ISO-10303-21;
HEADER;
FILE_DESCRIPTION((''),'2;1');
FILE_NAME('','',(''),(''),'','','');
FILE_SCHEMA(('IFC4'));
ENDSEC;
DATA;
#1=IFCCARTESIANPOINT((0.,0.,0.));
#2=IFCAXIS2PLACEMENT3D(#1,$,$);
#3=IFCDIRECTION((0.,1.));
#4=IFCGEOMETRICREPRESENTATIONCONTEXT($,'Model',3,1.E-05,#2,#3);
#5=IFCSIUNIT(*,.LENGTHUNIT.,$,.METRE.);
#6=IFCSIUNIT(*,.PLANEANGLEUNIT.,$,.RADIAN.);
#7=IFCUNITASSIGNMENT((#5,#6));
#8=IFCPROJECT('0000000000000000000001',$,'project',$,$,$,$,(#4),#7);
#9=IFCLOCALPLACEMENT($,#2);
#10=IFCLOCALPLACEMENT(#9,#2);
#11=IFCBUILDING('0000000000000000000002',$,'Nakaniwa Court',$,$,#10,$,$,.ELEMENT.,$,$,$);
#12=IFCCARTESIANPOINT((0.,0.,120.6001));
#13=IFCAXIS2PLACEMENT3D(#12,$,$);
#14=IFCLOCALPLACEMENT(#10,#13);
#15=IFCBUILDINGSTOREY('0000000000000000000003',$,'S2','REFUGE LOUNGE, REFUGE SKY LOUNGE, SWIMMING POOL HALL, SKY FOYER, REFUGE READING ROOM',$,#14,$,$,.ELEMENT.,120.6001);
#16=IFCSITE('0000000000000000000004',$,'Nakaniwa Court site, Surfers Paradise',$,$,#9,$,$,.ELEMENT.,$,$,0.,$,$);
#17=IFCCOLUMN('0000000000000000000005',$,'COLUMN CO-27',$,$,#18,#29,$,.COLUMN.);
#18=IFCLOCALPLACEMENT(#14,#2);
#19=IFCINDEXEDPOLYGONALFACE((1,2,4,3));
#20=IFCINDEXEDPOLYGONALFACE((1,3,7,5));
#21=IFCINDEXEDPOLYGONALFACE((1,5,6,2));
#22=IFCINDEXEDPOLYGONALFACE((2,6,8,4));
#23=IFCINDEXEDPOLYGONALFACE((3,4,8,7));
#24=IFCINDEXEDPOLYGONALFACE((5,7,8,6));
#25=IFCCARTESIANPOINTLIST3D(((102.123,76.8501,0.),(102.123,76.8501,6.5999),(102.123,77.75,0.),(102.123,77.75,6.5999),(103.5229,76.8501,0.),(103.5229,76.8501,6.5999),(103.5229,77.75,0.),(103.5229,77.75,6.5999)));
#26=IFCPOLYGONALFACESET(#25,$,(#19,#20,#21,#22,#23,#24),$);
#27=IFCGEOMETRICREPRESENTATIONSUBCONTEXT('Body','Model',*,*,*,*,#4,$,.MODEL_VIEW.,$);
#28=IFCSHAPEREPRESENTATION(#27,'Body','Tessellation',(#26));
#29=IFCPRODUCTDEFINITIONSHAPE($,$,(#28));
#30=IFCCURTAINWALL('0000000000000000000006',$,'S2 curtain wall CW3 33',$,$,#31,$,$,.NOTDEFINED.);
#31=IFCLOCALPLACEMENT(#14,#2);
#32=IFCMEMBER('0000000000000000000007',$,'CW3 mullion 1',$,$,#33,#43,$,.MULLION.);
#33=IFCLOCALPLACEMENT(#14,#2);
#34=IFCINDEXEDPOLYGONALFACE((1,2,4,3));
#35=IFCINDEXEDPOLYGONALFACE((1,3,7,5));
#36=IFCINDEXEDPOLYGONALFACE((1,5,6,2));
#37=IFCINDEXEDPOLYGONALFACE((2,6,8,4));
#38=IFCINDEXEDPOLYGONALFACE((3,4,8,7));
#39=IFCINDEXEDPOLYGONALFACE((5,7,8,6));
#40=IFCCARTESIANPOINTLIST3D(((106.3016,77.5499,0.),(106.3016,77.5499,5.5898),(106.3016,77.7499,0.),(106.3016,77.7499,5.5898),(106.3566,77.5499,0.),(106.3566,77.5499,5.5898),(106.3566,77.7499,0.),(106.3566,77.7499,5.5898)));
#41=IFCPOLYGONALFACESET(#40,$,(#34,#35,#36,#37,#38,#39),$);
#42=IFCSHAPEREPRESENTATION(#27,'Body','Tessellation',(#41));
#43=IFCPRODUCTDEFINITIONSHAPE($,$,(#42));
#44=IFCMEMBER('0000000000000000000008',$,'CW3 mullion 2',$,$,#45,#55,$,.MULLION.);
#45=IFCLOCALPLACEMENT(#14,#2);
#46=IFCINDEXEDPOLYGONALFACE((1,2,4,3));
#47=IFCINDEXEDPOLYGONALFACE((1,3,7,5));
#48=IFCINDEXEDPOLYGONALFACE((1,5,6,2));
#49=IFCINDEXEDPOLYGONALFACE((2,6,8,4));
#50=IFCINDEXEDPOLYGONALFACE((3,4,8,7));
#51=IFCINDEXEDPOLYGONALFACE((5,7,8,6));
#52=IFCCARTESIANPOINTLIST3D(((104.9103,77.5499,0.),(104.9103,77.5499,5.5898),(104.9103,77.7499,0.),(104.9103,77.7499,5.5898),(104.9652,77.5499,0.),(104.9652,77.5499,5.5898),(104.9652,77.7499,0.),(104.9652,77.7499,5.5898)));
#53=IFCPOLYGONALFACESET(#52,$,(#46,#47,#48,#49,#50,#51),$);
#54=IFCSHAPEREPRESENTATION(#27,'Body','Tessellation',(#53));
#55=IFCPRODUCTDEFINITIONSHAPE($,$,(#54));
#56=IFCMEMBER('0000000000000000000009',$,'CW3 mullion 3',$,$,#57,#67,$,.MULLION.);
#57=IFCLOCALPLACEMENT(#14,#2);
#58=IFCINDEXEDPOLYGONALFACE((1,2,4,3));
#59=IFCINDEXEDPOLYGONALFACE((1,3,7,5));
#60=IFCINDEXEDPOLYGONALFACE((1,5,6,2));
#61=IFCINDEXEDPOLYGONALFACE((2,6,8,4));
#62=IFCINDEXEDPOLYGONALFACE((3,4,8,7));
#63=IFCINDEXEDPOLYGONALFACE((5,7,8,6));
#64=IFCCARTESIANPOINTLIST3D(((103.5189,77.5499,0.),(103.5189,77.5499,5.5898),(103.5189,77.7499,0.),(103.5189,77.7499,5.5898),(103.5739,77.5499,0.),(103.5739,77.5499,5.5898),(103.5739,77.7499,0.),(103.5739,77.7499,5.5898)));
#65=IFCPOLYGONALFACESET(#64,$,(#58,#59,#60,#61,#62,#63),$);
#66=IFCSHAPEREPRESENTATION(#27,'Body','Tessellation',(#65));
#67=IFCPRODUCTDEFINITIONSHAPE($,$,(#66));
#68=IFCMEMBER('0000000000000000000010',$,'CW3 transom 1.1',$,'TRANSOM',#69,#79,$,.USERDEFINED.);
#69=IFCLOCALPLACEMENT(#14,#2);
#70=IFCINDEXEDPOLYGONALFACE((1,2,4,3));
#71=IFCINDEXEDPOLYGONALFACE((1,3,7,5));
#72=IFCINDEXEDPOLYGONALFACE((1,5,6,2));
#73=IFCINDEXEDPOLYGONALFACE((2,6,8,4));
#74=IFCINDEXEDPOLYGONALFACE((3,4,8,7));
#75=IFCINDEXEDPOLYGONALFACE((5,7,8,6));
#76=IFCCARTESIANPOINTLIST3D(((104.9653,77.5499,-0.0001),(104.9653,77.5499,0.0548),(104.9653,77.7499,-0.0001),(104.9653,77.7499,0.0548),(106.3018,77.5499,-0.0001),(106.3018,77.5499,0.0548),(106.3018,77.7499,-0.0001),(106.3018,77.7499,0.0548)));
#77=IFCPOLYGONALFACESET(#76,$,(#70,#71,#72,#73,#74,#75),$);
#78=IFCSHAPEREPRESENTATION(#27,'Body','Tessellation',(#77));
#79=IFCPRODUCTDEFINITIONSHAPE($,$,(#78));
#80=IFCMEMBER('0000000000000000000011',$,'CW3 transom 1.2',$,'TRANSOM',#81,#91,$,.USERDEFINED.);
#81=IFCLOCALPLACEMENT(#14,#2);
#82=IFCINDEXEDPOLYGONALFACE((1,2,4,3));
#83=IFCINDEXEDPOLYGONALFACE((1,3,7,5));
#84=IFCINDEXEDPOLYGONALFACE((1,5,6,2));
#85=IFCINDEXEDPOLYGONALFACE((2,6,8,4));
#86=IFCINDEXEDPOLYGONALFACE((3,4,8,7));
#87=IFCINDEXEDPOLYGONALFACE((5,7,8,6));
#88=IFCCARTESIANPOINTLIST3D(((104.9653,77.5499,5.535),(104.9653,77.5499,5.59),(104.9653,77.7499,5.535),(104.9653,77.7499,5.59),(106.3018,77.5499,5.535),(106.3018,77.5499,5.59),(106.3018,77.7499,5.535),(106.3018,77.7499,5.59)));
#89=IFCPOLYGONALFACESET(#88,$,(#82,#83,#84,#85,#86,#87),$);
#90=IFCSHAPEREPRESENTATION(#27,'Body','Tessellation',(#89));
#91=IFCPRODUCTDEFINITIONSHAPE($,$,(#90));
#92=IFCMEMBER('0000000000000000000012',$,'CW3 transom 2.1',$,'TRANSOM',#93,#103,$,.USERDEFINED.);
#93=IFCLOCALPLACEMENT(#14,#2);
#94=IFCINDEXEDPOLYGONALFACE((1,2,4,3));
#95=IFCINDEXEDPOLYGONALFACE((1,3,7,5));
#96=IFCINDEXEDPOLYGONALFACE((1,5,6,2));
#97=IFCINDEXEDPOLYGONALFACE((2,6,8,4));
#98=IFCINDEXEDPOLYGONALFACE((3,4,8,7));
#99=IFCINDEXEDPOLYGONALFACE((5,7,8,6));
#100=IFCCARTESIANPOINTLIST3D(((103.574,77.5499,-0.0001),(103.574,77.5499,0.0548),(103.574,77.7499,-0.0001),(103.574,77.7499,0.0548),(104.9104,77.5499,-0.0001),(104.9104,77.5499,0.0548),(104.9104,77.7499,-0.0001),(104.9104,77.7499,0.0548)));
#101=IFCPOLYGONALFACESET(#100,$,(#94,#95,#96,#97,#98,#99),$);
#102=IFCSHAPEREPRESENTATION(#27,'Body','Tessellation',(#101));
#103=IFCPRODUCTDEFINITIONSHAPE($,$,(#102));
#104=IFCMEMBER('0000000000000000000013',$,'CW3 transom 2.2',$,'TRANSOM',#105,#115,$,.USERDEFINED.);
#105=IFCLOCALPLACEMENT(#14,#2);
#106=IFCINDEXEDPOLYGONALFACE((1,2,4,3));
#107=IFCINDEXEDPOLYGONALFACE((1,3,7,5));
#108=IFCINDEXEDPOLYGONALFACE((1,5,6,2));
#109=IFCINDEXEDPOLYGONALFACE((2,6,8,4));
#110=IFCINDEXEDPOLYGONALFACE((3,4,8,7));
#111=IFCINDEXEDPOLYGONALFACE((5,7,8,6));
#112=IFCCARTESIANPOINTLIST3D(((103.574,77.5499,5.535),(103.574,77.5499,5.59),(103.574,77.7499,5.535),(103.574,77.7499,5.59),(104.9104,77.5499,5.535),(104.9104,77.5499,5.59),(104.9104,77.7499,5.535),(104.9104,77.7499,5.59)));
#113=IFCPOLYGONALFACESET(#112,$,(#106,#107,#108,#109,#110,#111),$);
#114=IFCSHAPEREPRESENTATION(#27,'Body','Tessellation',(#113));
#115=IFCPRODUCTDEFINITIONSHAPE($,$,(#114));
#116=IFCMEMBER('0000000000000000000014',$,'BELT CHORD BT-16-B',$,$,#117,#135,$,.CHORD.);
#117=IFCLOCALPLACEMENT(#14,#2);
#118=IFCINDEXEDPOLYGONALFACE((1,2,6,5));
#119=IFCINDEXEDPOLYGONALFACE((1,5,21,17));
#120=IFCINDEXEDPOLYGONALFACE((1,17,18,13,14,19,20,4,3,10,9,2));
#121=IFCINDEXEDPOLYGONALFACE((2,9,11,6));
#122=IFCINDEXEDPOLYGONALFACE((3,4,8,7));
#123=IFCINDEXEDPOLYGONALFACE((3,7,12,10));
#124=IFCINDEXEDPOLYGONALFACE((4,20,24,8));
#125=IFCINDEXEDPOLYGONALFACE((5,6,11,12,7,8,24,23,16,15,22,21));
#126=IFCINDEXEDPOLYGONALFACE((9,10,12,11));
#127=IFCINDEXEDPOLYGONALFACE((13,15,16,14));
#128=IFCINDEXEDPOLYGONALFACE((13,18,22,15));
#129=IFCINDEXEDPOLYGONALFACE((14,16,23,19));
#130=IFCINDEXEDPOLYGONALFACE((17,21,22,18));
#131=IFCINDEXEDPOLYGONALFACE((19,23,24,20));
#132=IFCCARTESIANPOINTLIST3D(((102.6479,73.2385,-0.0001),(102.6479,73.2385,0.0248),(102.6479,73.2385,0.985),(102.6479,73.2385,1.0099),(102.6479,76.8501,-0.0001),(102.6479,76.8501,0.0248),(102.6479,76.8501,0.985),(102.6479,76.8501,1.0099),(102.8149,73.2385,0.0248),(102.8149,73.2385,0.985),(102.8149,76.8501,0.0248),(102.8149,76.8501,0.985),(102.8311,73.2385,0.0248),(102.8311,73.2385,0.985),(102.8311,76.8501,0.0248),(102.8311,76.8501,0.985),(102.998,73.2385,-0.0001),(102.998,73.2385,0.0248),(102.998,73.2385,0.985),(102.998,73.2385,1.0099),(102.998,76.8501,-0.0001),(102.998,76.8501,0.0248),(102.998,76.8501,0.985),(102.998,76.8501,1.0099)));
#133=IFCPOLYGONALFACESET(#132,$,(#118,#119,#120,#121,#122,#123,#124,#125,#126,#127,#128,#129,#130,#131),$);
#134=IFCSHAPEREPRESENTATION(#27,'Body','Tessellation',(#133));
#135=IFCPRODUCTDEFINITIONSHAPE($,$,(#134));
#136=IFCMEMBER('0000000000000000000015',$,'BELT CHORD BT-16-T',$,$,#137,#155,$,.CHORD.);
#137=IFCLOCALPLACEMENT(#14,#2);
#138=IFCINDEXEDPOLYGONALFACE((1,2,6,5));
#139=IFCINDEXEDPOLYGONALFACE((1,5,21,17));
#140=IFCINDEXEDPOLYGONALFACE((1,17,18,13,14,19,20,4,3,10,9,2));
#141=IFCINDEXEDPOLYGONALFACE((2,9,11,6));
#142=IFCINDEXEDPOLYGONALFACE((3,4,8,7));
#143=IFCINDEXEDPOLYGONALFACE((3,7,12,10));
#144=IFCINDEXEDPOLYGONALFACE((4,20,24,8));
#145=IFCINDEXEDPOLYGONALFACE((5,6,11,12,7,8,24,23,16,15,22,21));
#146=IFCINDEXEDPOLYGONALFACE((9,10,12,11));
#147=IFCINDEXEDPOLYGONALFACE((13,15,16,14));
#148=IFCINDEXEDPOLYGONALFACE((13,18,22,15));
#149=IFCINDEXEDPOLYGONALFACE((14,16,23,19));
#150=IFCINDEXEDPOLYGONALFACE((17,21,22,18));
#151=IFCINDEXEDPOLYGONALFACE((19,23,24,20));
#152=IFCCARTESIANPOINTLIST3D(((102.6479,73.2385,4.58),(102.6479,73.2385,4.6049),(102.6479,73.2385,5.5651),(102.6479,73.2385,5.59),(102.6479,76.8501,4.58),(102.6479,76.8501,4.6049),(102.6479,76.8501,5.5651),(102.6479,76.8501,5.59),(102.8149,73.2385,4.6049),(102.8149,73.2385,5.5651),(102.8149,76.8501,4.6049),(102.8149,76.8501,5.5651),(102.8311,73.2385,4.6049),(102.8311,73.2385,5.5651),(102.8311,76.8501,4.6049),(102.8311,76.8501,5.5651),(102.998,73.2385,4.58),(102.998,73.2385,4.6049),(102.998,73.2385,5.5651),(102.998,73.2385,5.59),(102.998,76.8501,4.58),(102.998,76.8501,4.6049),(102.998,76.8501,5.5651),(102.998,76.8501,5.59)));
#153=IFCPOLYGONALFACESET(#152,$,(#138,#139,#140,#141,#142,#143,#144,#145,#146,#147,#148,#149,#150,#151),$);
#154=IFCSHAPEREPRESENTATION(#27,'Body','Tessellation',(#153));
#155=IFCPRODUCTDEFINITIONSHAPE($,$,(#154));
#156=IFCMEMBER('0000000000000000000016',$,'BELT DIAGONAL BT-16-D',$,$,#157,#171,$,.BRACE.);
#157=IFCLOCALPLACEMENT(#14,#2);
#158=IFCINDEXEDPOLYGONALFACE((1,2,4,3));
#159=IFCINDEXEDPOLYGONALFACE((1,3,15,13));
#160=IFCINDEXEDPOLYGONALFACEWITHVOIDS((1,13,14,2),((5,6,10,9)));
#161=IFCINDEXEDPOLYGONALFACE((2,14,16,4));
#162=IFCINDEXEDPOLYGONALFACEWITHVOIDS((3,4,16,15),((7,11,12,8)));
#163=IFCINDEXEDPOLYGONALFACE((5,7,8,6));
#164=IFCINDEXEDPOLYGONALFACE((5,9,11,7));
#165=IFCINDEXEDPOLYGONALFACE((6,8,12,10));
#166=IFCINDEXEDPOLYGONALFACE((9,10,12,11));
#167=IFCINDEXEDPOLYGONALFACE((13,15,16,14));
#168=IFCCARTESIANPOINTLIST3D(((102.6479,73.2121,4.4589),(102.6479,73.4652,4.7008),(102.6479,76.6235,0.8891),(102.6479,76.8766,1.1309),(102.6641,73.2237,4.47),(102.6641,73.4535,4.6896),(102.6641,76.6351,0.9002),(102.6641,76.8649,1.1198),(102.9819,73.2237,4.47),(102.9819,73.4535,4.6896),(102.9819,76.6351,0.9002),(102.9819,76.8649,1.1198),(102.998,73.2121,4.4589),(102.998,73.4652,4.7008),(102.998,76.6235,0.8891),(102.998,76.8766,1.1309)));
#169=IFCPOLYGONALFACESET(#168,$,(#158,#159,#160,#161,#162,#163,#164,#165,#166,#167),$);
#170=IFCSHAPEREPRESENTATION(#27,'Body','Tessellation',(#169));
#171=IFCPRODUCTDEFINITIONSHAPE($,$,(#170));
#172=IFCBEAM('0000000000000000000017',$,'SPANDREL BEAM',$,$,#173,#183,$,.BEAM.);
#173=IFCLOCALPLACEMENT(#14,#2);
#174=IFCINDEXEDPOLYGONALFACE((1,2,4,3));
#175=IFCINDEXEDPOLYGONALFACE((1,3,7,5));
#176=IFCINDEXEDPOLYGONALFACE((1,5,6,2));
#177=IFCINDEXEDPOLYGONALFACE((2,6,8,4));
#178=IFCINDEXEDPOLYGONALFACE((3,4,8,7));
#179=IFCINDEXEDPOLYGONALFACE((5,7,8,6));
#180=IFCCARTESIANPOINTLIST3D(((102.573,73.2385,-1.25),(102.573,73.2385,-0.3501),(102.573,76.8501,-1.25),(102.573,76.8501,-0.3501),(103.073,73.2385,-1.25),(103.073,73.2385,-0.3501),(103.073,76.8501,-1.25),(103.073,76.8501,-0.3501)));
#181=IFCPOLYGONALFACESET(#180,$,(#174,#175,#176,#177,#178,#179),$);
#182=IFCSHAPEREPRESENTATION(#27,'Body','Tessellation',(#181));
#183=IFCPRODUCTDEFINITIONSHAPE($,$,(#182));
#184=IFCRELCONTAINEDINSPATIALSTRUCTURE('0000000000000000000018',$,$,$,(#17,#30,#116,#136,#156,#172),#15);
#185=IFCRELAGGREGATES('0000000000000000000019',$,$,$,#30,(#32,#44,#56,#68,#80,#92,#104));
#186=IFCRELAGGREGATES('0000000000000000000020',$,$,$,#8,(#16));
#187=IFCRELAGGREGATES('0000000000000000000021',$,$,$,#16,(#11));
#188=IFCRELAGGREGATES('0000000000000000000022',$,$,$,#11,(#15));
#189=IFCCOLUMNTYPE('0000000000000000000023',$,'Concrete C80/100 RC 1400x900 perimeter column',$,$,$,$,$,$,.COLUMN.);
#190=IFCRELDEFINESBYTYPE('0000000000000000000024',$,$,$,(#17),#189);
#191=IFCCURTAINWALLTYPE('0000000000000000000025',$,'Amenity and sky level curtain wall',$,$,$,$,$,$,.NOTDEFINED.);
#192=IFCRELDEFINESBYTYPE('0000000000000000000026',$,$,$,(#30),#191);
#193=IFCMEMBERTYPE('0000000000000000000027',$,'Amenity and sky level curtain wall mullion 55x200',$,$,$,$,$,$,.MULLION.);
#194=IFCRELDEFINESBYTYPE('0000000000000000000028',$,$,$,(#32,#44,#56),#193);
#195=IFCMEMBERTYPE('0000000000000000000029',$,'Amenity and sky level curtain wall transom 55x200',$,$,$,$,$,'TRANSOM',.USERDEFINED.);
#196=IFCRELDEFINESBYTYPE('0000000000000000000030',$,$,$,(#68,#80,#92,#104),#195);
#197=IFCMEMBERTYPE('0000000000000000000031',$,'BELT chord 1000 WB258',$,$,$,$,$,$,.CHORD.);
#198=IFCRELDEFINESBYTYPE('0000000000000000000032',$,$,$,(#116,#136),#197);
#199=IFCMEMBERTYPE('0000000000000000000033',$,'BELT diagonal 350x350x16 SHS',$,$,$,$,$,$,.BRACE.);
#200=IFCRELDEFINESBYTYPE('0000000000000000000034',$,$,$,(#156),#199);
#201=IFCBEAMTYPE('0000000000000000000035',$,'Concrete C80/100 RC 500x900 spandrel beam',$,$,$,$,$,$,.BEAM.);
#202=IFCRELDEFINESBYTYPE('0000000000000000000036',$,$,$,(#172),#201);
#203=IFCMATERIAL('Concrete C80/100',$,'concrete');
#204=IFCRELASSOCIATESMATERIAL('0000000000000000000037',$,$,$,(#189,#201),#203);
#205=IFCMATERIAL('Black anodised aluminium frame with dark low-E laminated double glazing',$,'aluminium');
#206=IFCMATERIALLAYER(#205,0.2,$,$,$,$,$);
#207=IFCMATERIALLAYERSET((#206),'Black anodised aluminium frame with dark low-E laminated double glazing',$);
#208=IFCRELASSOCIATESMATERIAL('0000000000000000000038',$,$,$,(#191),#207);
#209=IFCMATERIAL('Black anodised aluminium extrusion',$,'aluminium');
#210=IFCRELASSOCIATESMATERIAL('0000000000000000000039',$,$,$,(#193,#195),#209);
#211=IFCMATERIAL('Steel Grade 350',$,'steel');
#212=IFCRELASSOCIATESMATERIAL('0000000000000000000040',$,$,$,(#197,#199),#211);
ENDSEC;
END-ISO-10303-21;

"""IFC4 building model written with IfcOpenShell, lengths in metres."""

from ifc_helpers import new_model, si_unit, direction, frame, origin, origin_2d, place, context, subcontext, project, spatial, rectangle, hollow_rectangle, i_section, extrude, material, layer, layer_set, material_profile, profile_set, type_object, element, aggregate, save


model = new_model("IFC4")

# Units and contexts
model_context = context("Model", 3, precision=1e-05, world=origin(), true_north=direction((0.0, 1.0)))
body_context = subcontext(model_context, "Body", "Model", "MODEL_VIEW")
ifc_project = project(units=[si_unit("LENGTHUNIT", "METRE"), si_unit("PLANEANGLEUNIT", "RADIAN")], contexts=[model_context])

# Site, building, storey
site_placement = place(None, origin())
site = spatial("IfcSite", under=ifc_project, at=site_placement, Name="Nakaniwa Court site, Surfers Paradise", CompositionType="ELEMENT", RefElevation=0.0)
building_placement = place(site_placement, origin())
building = spatial("IfcBuilding", under=site, at=building_placement, Name="Nakaniwa Court", CompositionType="ELEMENT")
storey_placement = place(building_placement, frame((0.0, 0.0, 120.6001)))
storey = spatial("IfcBuildingStorey", under=building, at=storey_placement, Name="S2", Description="REFUGE LOUNGE, REFUGE SKY LOUNGE, SWIMMING POOL HALL, SKY FOYER, REFUGE READING ROOM", CompositionType="ELEMENT", Elevation=120.6001)

# Column
ifc_material_1 = material(Name="Concrete C80/100", Category="concrete")
ifc_material_profile_1 = material_profile(ifc_material_1, rectangle(XDim=1.3999, YDim=0.8999, at=origin_2d()), Name="Concrete C80/100 RC 1400x900 perimeter column")
ifc_profile_set_1 = profile_set([ifc_material_profile_1], Name="Concrete C80/100")
column_type = type_object("IfcColumnType", Name="Concrete C80/100 RC 1400x900 perimeter column", PredefinedType="COLUMN", material=ifc_profile_set_1)
column_placement = place(storey_placement, frame((102.823, 77.3, 0.0), z_axis=(0.0, 0.0, 1.0), x_axis=(-1.0, 0.0, 0.0)))
element("IfcColumn", 1, at=column_placement, inside=storey, type_object=column_type, Name="COLUMN CO-27", PredefinedType="COLUMN", context=body_context, shape_type="SweptSolid", body=[
    extrude(rectangle(XDim=1.3999, YDim=0.8999, at=origin_2d()), origin(), (0.0, 0.0, 1.0), 6.5999),
])

# Curtain wall, members
ifc_material_2 = material(Name="Black anodised aluminium frame with dark low-E laminated double glazing", Category="aluminium")
ifc_layer_1 = layer(ifc_material_2, 0.2)
ifc_layer_set_1 = layer_set([ifc_layer_1], Name="Black anodised aluminium frame with dark low-E laminated double glazing")
curtain_wall_type = type_object("IfcCurtainWallType", Name="Amenity and sky level curtain wall", PredefinedType="NOTDEFINED", material=ifc_layer_set_1)
curtain_wall_placement = place(storey_placement, origin())
curtain_wall = element("IfcCurtainWall", 2, at=curtain_wall_placement, inside=storey, type_object=curtain_wall_type, Name="S2 curtain wall CW3 33", PredefinedType="NOTDEFINED")
ifc_material_3 = material(Name="Black anodised aluminium extrusion", Category="aluminium")
ifc_material_profile_2 = material_profile(ifc_material_3, rectangle(XDim=0.2, YDim=0.0549, at=origin_2d()), Name="Amenity and sky level curtain wall mullion 55x200")
ifc_profile_set_2 = profile_set([ifc_material_profile_2], Name="Black anodised aluminium extrusion")
member_type_1 = type_object("IfcMemberType", Name="Amenity and sky level curtain wall mullion 55x200", PredefinedType="MULLION", material=ifc_profile_set_2)
member_1_placement = place(storey_placement, frame((106.3291, 77.6499, 0.0), z_axis=(0.0, 0.0, 1.0), x_axis=(0.0, -1.0, 0.0)))
member_1 = element("IfcMember", 3, at=member_1_placement, type_object=member_type_1, Name="CW3 mullion 1", PredefinedType="MULLION", context=body_context, shape_type="SweptSolid", body=[
    extrude(rectangle(XDim=0.2, YDim=0.0549, at=origin_2d()), origin(), (0.0, 0.0, 1.0), 5.5898),
])
member_2_placement = place(storey_placement, frame((104.9377, 77.6499, 0.0), z_axis=(0.0, 0.0, 1.0), x_axis=(0.0, -1.0, 0.0)))
member_2 = element("IfcMember", 4, at=member_2_placement, type_object=member_type_1, Name="CW3 mullion 2", PredefinedType="MULLION", context=body_context, shape_type="SweptSolid", body=[
    extrude(rectangle(XDim=0.2, YDim=0.0549, at=origin_2d()), origin(), (0.0, 0.0, 1.0), 5.5898),
])
member_3_placement = place(storey_placement, frame((103.5464, 77.6499, 0.0), z_axis=(0.0, 0.0, 1.0), x_axis=(0.0, -1.0, 0.0)))
member_3 = element("IfcMember", 5, at=member_3_placement, type_object=member_type_1, Name="CW3 mullion 3", PredefinedType="MULLION", context=body_context, shape_type="SweptSolid", body=[
    extrude(rectangle(XDim=0.2, YDim=0.0549, at=origin_2d()), origin(), (0.0, 0.0, 1.0), 5.5898),
])
ifc_material_profile_3 = material_profile(ifc_material_3, rectangle(XDim=0.2, YDim=0.0549, at=origin_2d()), Name="Amenity and sky level curtain wall transom 55x200")
ifc_profile_set_3 = profile_set([ifc_material_profile_3], Name="Black anodised aluminium extrusion")
member_type_2 = type_object("IfcMemberType", Name="Amenity and sky level curtain wall transom 55x200", ElementType="TRANSOM", PredefinedType="USERDEFINED", material=ifc_profile_set_3)
member_4_placement = place(storey_placement, frame((106.3018, 77.6499, 0.0273), z_axis=(-1.0, 0.0, 0.0), x_axis=(0.0, -1.0, 0.0)))
member_4 = element("IfcMember", 6, at=member_4_placement, type_object=member_type_2, Name="CW3 transom 1.1", ObjectType="TRANSOM", PredefinedType="USERDEFINED", context=body_context, shape_type="SweptSolid", body=[
    extrude(rectangle(XDim=0.2, YDim=0.0549, at=origin_2d()), origin(), (0.0, 0.0, 1.0), 1.3364),
])
member_5_placement = place(storey_placement, frame((106.3018, 77.6499, 5.5625), z_axis=(-1.0, 0.0, 0.0), x_axis=(0.0, -1.0, 0.0)))
member_5 = element("IfcMember", 7, at=member_5_placement, type_object=member_type_2, Name="CW3 transom 1.2", ObjectType="TRANSOM", PredefinedType="USERDEFINED", context=body_context, shape_type="SweptSolid", body=[
    extrude(rectangle(XDim=0.2, YDim=0.0549, at=origin_2d()), origin(), (0.0, 0.0, 1.0), 1.3364),
])
member_6_placement = place(storey_placement, frame((104.9104, 77.6499, 0.0273), z_axis=(-1.0, 0.0, 0.0), x_axis=(0.0, -1.0, 0.0)))
member_6 = element("IfcMember", 8, at=member_6_placement, type_object=member_type_2, Name="CW3 transom 2.1", ObjectType="TRANSOM", PredefinedType="USERDEFINED", context=body_context, shape_type="SweptSolid", body=[
    extrude(rectangle(XDim=0.2, YDim=0.0549, at=origin_2d()), origin(), (0.0, 0.0, 1.0), 1.3364),
])
member_7_placement = place(storey_placement, frame((104.9104, 77.6499, 5.5625), z_axis=(-1.0, 0.0, 0.0), x_axis=(0.0, -1.0, 0.0)))
member_7 = element("IfcMember", 9, at=member_7_placement, type_object=member_type_2, Name="CW3 transom 2.2", ObjectType="TRANSOM", PredefinedType="USERDEFINED", context=body_context, shape_type="SweptSolid", body=[
    extrude(rectangle(XDim=0.2, YDim=0.0549, at=origin_2d()), origin(), (0.0, 0.0, 1.0), 1.3364),
])

# Members
ifc_material_4 = material(Name="Steel Grade 350", Category="steel")
ifc_material_profile_4 = material_profile(ifc_material_4, i_section(OverallWidth=0.3501, OverallDepth=1.01, WebThickness=0.0161, FlangeThickness=0.0249, at=origin_2d()), Name="1000WB258")
ifc_profile_set_4 = profile_set([ifc_material_profile_4], Name="Steel Grade 350")
member_type_3 = type_object("IfcMemberType", Name="BELT chord 1000 WB258", PredefinedType="CHORD", material=ifc_profile_set_4)
for number, where, z_axis, x_axis, name in (
    (10, (102.823, 73.2385, 0.5049), (0.0, 1.0, 0.0), (-1.0, 0.0, 0.0), "BELT CHORD BT-16-B"),
    (11, (102.823, 73.2385, 5.085), (0.0, 1.0, 0.0), (-1.0, 0.0, 0.0), "BELT CHORD BT-16-T"),
):
    element("IfcMember", number, at=place(storey_placement, frame(where, z_axis=z_axis, x_axis=x_axis)), inside=storey, type_object=member_type_3, Name=name, PredefinedType="CHORD", context=body_context, shape_type="SweptSolid", body=[
        extrude(i_section(OverallWidth=0.3501, OverallDepth=1.01, WebThickness=0.0161, FlangeThickness=0.0249, at=origin_2d()), origin(), (0.0, 0.0, 1.0), 3.6116),
    ])
ifc_material_profile_5 = material_profile(ifc_material_4, hollow_rectangle(XDim=0.3501, YDim=0.3501, WallThickness=0.0161, at=origin_2d()), Name="BELT diagonal 350x350x16 SHS")
ifc_profile_set_5 = profile_set([ifc_material_profile_5], Name="Steel Grade 350")
member_type_4 = type_object("IfcMemberType", Name="BELT diagonal 350x350x16 SHS", PredefinedType="BRACE", material=ifc_profile_set_5)
member_8_placement = place(storey_placement, frame((102.823, 73.3386, 4.5798), z_axis=(0.0, 0.69088, -0.722969), x_axis=(-1.0, 0.0, 0.0)))
element("IfcMember", 12, at=member_8_placement, inside=storey, type_object=member_type_4, Name="BELT DIAGONAL BT-16-D", PredefinedType="BRACE", context=body_context, shape_type="SweptSolid", body=[
    extrude(hollow_rectangle(XDim=0.3501, YDim=0.3501, WallThickness=0.0161, at=origin_2d()), origin(), (0.0, 0.0, 1.0), 4.9377),
])

# Beam
ifc_material_profile_6 = material_profile(ifc_material_1, rectangle(XDim=0.5, YDim=0.8999, at=origin_2d()), Name="Concrete C80/100 RC 500x900 spandrel beam")
ifc_profile_set_6 = profile_set([ifc_material_profile_6], Name="Concrete C80/100")
beam_type = type_object("IfcBeamType", Name="Concrete C80/100 RC 500x900 spandrel beam", PredefinedType="BEAM", material=ifc_profile_set_6)
beam_placement = place(storey_placement, frame((102.823, 73.2385, -0.8), z_axis=(0.0, 1.0, 0.0), x_axis=(-1.0, 0.0, 0.0)))
element("IfcBeam", 13, at=beam_placement, inside=storey, type_object=beam_type, Name="SPANDREL BEAM", PredefinedType="BEAM", context=body_context, shape_type="SweptSolid", body=[
    extrude(rectangle(XDim=0.5, YDim=0.8999, at=origin_2d()), origin(), (0.0, 0.0, 1.0), 3.6116),
])

aggregate(curtain_wall, [member_1, member_2, member_3, member_4, member_5, member_6, member_7])

save(model, "model.ifc")
